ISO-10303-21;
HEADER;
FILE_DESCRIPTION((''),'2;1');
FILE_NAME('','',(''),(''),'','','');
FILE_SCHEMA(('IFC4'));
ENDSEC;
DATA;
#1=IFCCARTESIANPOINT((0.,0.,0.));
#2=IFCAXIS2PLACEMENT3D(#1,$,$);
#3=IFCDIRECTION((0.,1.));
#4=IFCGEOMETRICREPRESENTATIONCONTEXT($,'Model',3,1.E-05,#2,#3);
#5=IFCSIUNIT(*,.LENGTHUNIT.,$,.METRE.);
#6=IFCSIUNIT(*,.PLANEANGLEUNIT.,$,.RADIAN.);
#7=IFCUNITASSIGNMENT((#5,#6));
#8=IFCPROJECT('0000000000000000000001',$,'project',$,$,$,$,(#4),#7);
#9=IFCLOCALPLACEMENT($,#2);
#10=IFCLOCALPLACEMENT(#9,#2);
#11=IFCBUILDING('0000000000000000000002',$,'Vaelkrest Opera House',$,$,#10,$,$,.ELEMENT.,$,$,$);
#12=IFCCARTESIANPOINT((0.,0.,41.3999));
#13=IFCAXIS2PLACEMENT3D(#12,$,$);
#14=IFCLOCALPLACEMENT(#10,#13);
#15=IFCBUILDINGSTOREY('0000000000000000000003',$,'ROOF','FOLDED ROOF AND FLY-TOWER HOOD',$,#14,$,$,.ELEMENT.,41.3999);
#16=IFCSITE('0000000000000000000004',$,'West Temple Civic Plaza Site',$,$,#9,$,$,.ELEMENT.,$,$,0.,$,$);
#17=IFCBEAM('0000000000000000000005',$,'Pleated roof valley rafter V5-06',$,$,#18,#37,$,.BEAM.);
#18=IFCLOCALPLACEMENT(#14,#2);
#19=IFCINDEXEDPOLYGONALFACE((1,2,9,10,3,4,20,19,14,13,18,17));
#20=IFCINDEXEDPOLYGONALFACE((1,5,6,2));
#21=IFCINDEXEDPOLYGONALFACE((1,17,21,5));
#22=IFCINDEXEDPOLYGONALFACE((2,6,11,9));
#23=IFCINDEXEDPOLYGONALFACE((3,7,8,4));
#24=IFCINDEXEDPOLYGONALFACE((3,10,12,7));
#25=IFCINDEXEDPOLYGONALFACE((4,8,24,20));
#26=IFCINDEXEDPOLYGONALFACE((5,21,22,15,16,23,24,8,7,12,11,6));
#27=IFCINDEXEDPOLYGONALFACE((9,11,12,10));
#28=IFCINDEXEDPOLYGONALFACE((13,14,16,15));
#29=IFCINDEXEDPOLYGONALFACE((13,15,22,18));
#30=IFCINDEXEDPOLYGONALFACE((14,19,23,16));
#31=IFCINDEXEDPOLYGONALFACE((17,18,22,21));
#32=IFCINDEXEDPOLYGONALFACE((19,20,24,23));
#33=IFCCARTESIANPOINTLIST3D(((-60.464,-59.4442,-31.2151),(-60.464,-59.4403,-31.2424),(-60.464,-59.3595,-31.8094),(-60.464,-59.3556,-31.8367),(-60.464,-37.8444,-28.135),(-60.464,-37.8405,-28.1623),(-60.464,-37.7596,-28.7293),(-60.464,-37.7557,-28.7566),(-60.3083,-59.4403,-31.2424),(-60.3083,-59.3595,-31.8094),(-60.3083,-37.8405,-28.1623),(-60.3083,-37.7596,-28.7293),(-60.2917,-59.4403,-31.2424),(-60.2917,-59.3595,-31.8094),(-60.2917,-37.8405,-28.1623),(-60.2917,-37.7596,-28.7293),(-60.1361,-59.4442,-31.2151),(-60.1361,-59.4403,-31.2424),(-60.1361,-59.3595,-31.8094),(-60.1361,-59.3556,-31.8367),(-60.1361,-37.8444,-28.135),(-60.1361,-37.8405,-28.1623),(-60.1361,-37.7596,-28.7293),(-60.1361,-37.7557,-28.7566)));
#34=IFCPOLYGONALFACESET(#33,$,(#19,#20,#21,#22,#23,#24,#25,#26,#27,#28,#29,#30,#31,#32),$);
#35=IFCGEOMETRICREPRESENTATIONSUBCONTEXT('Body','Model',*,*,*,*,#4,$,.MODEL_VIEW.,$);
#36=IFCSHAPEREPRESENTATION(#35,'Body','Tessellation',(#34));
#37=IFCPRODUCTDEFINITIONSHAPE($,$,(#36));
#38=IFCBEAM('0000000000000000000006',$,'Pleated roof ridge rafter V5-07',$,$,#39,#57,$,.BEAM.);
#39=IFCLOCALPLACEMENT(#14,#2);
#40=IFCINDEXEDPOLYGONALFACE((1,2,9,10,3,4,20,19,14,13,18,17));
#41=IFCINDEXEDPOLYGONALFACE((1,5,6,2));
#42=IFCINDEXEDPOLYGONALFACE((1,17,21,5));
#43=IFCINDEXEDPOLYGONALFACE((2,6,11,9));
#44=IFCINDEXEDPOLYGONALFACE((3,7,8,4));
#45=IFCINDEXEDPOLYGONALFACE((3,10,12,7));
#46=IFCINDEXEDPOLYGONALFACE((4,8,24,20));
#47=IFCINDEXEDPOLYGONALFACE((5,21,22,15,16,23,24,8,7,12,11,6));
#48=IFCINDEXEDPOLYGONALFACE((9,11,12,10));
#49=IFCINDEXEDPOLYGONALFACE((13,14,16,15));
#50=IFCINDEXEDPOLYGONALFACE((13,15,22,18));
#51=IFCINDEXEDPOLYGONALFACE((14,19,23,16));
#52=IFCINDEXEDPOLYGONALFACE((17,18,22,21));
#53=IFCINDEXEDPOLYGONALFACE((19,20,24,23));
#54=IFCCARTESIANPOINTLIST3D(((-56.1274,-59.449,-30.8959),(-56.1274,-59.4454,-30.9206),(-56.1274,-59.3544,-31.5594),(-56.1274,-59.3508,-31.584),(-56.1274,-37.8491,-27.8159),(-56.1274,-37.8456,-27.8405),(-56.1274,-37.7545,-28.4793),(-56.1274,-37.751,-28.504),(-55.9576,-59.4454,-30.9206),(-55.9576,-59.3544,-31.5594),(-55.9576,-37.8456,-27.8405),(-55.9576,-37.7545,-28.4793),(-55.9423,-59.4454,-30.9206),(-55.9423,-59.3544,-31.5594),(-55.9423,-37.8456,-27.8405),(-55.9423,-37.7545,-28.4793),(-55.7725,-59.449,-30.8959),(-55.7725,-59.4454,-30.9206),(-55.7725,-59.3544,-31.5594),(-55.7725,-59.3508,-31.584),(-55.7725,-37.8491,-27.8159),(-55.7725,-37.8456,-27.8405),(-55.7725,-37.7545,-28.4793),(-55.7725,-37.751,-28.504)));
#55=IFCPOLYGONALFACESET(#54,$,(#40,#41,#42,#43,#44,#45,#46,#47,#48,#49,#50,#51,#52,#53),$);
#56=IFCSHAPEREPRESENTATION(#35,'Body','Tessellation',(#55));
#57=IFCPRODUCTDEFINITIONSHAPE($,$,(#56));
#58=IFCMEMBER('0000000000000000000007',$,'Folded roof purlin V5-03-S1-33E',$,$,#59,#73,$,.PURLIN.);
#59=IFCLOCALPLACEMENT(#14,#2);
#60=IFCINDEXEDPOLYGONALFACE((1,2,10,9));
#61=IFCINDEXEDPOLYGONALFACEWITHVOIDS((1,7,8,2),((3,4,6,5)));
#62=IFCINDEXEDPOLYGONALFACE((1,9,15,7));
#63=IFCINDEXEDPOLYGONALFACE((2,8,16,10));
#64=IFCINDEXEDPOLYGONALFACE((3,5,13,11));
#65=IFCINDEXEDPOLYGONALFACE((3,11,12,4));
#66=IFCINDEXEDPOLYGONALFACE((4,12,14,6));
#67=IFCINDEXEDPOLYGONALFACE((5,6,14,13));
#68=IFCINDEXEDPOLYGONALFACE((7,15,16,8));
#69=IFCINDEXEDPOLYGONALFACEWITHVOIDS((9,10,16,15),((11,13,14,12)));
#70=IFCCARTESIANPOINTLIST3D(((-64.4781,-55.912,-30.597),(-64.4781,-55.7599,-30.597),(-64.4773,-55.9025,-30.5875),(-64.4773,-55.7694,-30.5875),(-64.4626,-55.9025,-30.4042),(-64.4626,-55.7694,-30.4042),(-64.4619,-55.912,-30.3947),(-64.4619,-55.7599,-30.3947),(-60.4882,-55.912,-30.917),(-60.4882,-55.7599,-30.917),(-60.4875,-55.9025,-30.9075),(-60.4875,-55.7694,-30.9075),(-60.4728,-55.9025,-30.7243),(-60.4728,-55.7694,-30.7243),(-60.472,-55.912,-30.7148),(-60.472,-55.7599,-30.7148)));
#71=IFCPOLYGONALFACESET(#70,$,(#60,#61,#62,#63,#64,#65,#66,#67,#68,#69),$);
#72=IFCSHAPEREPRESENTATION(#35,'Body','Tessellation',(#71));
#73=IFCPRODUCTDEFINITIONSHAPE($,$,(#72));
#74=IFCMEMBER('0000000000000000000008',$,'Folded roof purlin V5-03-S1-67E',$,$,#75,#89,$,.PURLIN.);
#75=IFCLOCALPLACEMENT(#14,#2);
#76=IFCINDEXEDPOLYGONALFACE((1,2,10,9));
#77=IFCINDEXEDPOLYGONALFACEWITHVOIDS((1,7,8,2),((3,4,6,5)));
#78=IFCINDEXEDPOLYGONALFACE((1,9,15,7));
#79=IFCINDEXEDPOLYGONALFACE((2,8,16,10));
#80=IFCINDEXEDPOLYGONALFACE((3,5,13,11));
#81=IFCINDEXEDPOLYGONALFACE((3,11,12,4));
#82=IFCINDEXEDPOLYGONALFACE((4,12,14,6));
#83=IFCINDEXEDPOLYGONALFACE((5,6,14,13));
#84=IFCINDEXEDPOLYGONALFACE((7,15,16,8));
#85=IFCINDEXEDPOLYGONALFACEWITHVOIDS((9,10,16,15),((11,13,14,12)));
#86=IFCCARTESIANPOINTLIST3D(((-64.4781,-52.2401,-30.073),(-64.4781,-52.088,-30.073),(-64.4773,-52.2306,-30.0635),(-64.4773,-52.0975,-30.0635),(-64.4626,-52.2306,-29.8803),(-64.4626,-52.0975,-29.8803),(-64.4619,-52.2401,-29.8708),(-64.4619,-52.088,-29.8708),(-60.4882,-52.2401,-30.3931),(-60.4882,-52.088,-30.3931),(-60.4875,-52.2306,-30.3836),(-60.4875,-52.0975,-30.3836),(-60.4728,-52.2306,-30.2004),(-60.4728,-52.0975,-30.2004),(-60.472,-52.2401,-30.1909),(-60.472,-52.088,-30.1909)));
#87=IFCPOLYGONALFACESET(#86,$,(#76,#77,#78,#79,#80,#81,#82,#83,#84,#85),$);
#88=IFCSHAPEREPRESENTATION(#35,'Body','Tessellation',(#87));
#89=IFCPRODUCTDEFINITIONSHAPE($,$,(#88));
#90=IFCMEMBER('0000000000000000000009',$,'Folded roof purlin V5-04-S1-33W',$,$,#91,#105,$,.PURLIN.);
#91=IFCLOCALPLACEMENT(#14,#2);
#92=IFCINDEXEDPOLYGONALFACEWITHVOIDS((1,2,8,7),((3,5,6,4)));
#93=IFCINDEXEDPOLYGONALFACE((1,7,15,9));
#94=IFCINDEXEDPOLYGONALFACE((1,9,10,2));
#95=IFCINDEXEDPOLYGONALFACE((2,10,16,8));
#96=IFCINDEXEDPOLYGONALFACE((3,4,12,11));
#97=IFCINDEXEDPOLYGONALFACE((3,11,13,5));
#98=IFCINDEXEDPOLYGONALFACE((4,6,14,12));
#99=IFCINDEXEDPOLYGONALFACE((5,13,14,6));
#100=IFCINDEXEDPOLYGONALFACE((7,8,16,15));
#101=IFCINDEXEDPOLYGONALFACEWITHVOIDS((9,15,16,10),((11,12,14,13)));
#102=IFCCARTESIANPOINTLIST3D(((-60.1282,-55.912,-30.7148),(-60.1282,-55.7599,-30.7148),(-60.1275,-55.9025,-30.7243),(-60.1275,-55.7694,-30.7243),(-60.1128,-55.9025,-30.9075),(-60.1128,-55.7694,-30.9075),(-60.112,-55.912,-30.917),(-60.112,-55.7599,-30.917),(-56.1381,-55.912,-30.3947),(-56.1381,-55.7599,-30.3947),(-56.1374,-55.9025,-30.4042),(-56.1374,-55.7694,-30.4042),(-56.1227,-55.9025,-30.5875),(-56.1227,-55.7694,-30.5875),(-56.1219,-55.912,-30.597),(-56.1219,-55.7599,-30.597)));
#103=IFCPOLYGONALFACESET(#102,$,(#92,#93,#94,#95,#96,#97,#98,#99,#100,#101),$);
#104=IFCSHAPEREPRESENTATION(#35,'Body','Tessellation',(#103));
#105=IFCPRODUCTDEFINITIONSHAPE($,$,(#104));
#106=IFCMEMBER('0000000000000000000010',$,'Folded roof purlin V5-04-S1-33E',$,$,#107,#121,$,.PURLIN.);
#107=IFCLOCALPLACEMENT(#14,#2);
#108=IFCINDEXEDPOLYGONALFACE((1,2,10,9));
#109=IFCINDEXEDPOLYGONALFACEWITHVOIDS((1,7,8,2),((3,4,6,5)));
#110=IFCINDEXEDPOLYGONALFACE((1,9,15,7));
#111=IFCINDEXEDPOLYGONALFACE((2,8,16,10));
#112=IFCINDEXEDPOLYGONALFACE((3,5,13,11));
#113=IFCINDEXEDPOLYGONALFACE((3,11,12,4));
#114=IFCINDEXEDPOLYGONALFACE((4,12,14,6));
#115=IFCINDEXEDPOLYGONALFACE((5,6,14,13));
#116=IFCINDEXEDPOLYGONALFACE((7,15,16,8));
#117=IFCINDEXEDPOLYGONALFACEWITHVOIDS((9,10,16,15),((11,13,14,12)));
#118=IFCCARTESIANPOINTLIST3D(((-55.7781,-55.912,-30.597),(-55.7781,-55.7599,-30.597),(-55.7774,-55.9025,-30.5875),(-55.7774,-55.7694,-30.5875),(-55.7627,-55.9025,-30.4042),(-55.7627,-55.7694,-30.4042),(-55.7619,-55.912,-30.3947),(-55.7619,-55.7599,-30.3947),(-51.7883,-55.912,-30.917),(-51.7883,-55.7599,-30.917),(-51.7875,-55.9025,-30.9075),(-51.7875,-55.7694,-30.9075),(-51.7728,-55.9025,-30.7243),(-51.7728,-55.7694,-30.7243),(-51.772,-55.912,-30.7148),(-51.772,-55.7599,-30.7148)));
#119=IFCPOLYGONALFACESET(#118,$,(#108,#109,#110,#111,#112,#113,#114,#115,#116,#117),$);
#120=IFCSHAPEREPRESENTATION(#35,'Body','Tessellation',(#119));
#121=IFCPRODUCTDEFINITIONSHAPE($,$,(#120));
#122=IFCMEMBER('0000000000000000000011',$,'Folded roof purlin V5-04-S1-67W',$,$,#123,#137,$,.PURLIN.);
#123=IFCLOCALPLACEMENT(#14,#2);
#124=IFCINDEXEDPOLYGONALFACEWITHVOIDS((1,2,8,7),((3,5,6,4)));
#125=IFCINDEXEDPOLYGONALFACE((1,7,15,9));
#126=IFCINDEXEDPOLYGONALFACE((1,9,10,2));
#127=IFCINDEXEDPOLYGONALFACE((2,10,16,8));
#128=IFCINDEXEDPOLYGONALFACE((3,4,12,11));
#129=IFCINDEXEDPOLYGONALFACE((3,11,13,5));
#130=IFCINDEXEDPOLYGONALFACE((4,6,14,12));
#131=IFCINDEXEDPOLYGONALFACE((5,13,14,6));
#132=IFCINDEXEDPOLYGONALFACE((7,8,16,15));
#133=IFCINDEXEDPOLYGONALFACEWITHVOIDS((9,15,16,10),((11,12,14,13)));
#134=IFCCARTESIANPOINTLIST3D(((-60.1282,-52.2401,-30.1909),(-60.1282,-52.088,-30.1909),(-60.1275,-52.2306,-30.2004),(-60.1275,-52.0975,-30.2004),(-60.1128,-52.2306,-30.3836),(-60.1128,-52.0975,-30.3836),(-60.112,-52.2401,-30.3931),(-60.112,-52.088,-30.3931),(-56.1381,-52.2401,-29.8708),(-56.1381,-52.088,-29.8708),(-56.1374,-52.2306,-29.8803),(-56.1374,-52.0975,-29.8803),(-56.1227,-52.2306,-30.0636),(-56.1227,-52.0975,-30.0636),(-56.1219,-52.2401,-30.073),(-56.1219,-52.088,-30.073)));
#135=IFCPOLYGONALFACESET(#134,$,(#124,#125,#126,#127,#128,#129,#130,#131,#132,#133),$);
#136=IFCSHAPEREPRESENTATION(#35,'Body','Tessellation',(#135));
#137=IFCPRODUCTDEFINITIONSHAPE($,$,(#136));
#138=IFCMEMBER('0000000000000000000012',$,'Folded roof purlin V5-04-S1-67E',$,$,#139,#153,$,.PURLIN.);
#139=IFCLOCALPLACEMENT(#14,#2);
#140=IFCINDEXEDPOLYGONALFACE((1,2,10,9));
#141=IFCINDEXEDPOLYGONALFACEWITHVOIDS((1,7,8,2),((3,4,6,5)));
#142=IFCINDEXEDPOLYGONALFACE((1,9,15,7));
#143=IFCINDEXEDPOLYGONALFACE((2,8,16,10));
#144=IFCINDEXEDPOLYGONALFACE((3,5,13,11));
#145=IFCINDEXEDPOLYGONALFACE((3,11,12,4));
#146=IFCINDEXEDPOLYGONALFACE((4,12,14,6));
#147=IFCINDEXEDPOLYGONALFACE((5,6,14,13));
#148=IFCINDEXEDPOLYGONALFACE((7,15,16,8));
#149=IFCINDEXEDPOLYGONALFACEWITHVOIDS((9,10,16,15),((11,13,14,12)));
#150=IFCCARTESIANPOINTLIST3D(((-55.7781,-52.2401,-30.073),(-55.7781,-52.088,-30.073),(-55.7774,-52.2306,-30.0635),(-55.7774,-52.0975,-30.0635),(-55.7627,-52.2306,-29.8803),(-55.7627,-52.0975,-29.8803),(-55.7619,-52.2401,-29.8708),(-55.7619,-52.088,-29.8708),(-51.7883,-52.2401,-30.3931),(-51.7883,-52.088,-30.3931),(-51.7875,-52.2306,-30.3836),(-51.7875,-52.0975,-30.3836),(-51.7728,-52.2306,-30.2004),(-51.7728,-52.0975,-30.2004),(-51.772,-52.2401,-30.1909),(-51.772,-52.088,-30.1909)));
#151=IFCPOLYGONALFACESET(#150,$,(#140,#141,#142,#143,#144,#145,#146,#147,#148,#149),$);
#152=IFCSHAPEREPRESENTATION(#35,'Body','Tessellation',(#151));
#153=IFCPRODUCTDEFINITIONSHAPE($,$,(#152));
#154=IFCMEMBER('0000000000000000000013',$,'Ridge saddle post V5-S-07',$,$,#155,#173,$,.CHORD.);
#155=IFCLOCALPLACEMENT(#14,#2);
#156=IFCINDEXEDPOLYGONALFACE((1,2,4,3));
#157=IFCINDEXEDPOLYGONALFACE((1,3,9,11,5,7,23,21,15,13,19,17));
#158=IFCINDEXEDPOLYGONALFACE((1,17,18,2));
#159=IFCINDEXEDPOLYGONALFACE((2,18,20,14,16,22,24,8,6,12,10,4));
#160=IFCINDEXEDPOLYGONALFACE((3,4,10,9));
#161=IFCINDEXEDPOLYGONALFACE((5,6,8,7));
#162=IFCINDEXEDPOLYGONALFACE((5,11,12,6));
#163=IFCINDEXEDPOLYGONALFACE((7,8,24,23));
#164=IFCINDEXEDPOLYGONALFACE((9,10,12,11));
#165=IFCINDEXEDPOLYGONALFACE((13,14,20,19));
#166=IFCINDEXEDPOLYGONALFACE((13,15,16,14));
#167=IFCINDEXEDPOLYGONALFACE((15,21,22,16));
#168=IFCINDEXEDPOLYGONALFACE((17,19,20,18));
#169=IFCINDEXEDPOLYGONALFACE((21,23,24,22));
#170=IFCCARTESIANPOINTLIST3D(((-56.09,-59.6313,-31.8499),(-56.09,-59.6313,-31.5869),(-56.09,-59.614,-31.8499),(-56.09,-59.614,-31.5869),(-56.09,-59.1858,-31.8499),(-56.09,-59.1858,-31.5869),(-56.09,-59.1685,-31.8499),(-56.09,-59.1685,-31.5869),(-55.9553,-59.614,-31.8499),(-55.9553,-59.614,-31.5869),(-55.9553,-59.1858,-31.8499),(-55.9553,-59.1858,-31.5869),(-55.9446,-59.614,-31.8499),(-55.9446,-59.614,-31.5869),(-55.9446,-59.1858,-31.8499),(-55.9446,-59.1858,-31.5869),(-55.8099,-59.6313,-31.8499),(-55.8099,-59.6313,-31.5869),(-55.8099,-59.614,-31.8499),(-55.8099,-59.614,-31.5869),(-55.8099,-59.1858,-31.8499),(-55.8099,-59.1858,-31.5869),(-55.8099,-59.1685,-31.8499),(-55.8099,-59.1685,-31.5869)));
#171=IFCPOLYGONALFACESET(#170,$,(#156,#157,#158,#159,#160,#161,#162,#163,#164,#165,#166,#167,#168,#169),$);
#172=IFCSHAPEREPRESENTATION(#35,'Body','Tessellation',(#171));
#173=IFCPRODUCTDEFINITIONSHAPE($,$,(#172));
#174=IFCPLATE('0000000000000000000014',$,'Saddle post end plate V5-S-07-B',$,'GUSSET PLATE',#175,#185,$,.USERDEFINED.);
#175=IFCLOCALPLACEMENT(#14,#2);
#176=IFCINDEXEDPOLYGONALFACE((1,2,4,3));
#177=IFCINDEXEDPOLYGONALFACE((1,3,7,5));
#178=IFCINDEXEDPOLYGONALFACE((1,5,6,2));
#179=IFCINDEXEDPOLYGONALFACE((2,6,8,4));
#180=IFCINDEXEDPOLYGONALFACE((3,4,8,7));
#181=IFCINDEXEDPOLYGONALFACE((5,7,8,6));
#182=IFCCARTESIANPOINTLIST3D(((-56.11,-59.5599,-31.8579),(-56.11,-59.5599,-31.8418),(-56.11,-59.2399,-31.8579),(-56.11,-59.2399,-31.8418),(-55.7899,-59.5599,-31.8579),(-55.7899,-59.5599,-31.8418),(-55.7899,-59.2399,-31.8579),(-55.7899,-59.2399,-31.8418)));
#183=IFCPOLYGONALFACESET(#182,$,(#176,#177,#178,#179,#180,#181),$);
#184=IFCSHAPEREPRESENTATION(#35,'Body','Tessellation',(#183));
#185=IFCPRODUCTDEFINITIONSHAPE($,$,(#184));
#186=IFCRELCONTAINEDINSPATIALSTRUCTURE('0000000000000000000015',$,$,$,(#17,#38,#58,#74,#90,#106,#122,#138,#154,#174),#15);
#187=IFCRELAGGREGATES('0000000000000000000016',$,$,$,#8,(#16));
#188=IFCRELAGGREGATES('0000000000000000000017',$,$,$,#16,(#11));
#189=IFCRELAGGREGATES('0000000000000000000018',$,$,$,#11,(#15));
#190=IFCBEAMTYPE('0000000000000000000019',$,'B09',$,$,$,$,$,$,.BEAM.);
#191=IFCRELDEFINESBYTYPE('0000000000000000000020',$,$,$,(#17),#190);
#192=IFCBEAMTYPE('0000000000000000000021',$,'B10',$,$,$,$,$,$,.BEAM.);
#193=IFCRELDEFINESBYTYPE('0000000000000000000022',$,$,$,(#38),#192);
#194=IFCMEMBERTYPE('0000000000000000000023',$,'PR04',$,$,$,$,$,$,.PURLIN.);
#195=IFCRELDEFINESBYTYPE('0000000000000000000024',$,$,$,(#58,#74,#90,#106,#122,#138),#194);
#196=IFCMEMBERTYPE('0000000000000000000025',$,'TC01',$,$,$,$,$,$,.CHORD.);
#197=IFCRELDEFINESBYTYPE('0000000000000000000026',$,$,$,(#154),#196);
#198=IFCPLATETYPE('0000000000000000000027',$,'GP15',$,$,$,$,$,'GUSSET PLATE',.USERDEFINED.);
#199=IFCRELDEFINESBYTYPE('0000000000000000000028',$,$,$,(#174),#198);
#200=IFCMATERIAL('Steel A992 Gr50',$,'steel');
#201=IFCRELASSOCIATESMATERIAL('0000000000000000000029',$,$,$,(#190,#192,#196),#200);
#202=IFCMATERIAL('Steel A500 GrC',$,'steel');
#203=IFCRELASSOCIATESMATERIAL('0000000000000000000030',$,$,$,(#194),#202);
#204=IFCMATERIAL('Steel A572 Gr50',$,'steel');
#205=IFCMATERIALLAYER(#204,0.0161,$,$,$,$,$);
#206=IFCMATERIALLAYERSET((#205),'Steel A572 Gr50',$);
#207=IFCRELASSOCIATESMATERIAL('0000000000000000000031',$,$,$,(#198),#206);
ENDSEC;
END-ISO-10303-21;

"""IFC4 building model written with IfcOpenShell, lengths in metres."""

from ifc_helpers import new_model, si_unit, direction, frame, origin, origin_2d, place, context, subcontext, project, spatial, rectangle, hollow_rectangle, i_section, extrude, material, layer, layer_set, material_profile, profile_set, type_object, element, save


model = new_model("IFC4")

# Units and contexts
model_context = context("Model", 3, precision=1e-05, world=origin(), true_north=direction((0.0, 1.0)))
body_context = subcontext(model_context, "Body", "Model", "MODEL_VIEW")
ifc_project = project(units=[si_unit("LENGTHUNIT", "METRE"), si_unit("PLANEANGLEUNIT", "RADIAN")], contexts=[model_context])

# Site, building, storey
site_placement = place(None, origin())
site = spatial("IfcSite", under=ifc_project, at=site_placement, Name="West Temple Civic Plaza Site", CompositionType="ELEMENT", RefElevation=0.0)
building_placement = place(site_placement, origin())
building = spatial("IfcBuilding", under=site, at=building_placement, Name="Vaelkrest Opera House", CompositionType="ELEMENT")
storey_placement = place(building_placement, frame((0.0, 0.0, 41.3999)))
storey = spatial("IfcBuildingStorey", under=building, at=storey_placement, Name="ROOF", Description="FOLDED ROOF AND FLY-TOWER HOOD", CompositionType="ELEMENT", Elevation=41.3999)

# Beams
ifc_material_1 = material(Name="Steel A992 Gr50", Category="steel")
ifc_material_profile_1 = material_profile(ifc_material_1, i_section(OverallWidth=0.3279, OverallDepth=0.6279, WebThickness=0.0166, FlangeThickness=0.0276, at=origin_2d()), Name="W24X146")
ifc_profile_set_1 = profile_set([ifc_material_profile_1], Name="Steel A992 Gr50")
beam_type_1 = type_object("IfcBeamType", Name="B09", PredefinedType="BEAM", material=ifc_profile_set_1)
beam_1_placement = place(storey_placement, frame((-60.3, -59.3999, -31.5259), z_axis=(0.0, 0.989985, 0.141169), x_axis=(-1.0, 0.0, 0.0)))
element("IfcBeam", 1, at=beam_1_placement, inside=storey, type_object=beam_type_1, Name="Pleated roof valley rafter V5-06", PredefinedType="BEAM", context=body_context, shape_type="SweptSolid", body=[
    extrude(i_section(OverallWidth=0.3279, OverallDepth=0.6279, WebThickness=0.0166, FlangeThickness=0.0276, at=origin_2d()), origin(), (0.0, 0.0, 1.0), 21.8184),
])
ifc_material_profile_2 = material_profile(ifc_material_1, i_section(OverallWidth=0.355, OverallDepth=0.6951, WebThickness=0.0154, FlangeThickness=0.0249, at=origin_2d()), Name="W27X146")
ifc_profile_set_2 = profile_set([ifc_material_profile_2], Name="Steel A992 Gr50")
beam_type_2 = type_object("IfcBeamType", Name="B10", PredefinedType="BEAM", material=ifc_profile_set_2)
beam_2_placement = place(storey_placement, frame((-55.95, -59.3999, -31.24), z_axis=(0.0, 0.989985, 0.141169), x_axis=(-1.0, 0.0, 0.0)))
element("IfcBeam", 2, at=beam_2_placement, inside=storey, type_object=beam_type_2, Name="Pleated roof ridge rafter V5-07", PredefinedType="BEAM", context=body_context, shape_type="SweptSolid", body=[
    extrude(i_section(OverallWidth=0.355, OverallDepth=0.6951, WebThickness=0.0154, FlangeThickness=0.0249, at=origin_2d()), origin(), (0.0, 0.0, 1.0), 21.8184),
])

# Members
ifc_material_2 = material(Name="Steel A500 GrC", Category="steel")
ifc_material_profile_3 = material_profile(ifc_material_2, hollow_rectangle(XDim=0.1521, YDim=0.2029, WallThickness=0.0095, at=origin_2d()), Name="HSS203X152X9.5")
ifc_profile_set_3 = profile_set([ifc_material_profile_3], Name="Steel A500 GrC")
member_type_1 = type_object("IfcMemberType", Name="PR04", PredefinedType="PURLIN", material=ifc_profile_set_3)
for number, where, z_axis, x_axis, name in (
    (3, (-64.47, -55.8359, -30.4958), (0.996798, 0.0, -0.079961), (0.0, 1.0, 0.0), "Folded roof purlin V5-03-S1-33E"),
    (4, (-64.47, -52.1641, -29.9719), (0.996798, 0.0, -0.079961), (0.0, 1.0, 0.0), "Folded roof purlin V5-03-S1-67E"),
):
    element("IfcMember", number, at=place(storey_placement, frame(where, z_axis=z_axis, x_axis=x_axis)), inside=storey, type_object=member_type_1, Name=name, PredefinedType="PURLIN", context=body_context, shape_type="SweptSolid", body=[
        extrude(hollow_rectangle(XDim=0.1521, YDim=0.2029, WallThickness=0.0095, at=origin_2d()), origin(), (0.0, 0.0, 1.0), 4.0027),
    ])
member_1_placement = place(storey_placement, frame((-60.1201, -55.8359, -30.8159), z_axis=(0.996798, 0.0, 0.079956), x_axis=(0.0, 1.0, 0.0)))
element("IfcMember", 5, at=member_1_placement, inside=storey, type_object=member_type_1, Name="Folded roof purlin V5-04-S1-33W", PredefinedType="PURLIN", context=body_context, shape_type="SweptSolid", body=[
    extrude(hollow_rectangle(XDim=0.1521, YDim=0.2029, WallThickness=0.0095, at=origin_2d()), origin(), (0.0, 0.0, 1.0), 4.0029),
])
member_2_placement = place(storey_placement, frame((-55.77, -55.8359, -30.4958), z_axis=(0.996798, 0.0, -0.079961), x_axis=(0.0, 1.0, 0.0)))
element("IfcMember", 6, at=member_2_placement, inside=storey, type_object=member_type_1, Name="Folded roof purlin V5-04-S1-33E", PredefinedType="PURLIN", context=body_context, shape_type="SweptSolid", body=[
    extrude(hollow_rectangle(XDim=0.1521, YDim=0.2029, WallThickness=0.0095, at=origin_2d()), origin(), (0.0, 0.0, 1.0), 4.0027),
])
member_3_placement = place(storey_placement, frame((-60.1201, -52.1641, -30.292), z_axis=(0.996798, 0.0, 0.079956), x_axis=(0.0, 1.0, 0.0)))
element("IfcMember", 7, at=member_3_placement, inside=storey, type_object=member_type_1, Name="Folded roof purlin V5-04-S1-67W", PredefinedType="PURLIN", context=body_context, shape_type="SweptSolid", body=[
    extrude(hollow_rectangle(XDim=0.1521, YDim=0.2029, WallThickness=0.0095, at=origin_2d()), origin(), (0.0, 0.0, 1.0), 4.0029),
])
member_4_placement = place(storey_placement, frame((-55.77, -52.1641, -29.9719), z_axis=(0.996798, 0.0, -0.079961), x_axis=(0.0, 1.0, 0.0)))
element("IfcMember", 8, at=member_4_placement, inside=storey, type_object=member_type_1, Name="Folded roof purlin V5-04-S1-67E", PredefinedType="PURLIN", context=body_context, shape_type="SweptSolid", body=[
    extrude(hollow_rectangle(XDim=0.1521, YDim=0.2029, WallThickness=0.0095, at=origin_2d()), origin(), (0.0, 0.0, 1.0), 4.0027),
])
ifc_material_profile_4 = material_profile(ifc_material_1, i_section(OverallWidth=0.28, OverallDepth=0.4629, WebThickness=0.0107, FlangeThickness=0.0173, at=origin_2d()), Name="W18X76")
ifc_profile_set_4 = profile_set([ifc_material_profile_4], Name="Steel A992 Gr50")
member_type_2 = type_object("IfcMemberType", Name="TC01", PredefinedType="CHORD", material=ifc_profile_set_4)
member_5_placement = place(storey_placement, frame((-55.95, -59.3999, -31.8499), z_axis=(0.0, 0.0, 1.0), x_axis=(1.0, 0.0, 0.0)))
element("IfcMember", 9, at=member_5_placement, inside=storey, type_object=member_type_2, Name="Ridge saddle post V5-S-07", PredefinedType="CHORD", context=body_context, shape_type="SweptSolid", body=[
    extrude(i_section(OverallWidth=0.28, OverallDepth=0.4629, WebThickness=0.0107, FlangeThickness=0.0173, at=origin_2d()), origin(), (0.0, 0.0, 1.0), 0.2629),
])

# Plate
ifc_material_3 = material(Name="Steel A572 Gr50", Category="steel")
ifc_layer_1 = layer(ifc_material_3, 0.0161)
ifc_layer_set_1 = layer_set([ifc_layer_1], Name="Steel A572 Gr50")
plate_type = type_object("IfcPlateType", Name="GP15", ElementType="GUSSET PLATE", PredefinedType="USERDEFINED", material=ifc_layer_set_1)
for number, where, z_axis, x_axis, name in (
    (10, (-55.95, -59.3999, -31.8579), (0.0, 0.0, 1.0), (1.0, 0.0, 0.0), "Saddle post end plate V5-S-07-B"),
):
    element("IfcPlate", number, at=place(storey_placement, frame(where, z_axis=z_axis, x_axis=x_axis)), inside=storey, type_object=plate_type, Name=name, ObjectType="GUSSET PLATE", PredefinedType="USERDEFINED", context=body_context, shape_type="SweptSolid", body=[
        extrude(rectangle(XDim=0.3201, YDim=0.3201, at=origin_2d()), origin(), (0.0, 0.0, 1.0), 0.0161),
    ])

save(model, "model.ifc")
